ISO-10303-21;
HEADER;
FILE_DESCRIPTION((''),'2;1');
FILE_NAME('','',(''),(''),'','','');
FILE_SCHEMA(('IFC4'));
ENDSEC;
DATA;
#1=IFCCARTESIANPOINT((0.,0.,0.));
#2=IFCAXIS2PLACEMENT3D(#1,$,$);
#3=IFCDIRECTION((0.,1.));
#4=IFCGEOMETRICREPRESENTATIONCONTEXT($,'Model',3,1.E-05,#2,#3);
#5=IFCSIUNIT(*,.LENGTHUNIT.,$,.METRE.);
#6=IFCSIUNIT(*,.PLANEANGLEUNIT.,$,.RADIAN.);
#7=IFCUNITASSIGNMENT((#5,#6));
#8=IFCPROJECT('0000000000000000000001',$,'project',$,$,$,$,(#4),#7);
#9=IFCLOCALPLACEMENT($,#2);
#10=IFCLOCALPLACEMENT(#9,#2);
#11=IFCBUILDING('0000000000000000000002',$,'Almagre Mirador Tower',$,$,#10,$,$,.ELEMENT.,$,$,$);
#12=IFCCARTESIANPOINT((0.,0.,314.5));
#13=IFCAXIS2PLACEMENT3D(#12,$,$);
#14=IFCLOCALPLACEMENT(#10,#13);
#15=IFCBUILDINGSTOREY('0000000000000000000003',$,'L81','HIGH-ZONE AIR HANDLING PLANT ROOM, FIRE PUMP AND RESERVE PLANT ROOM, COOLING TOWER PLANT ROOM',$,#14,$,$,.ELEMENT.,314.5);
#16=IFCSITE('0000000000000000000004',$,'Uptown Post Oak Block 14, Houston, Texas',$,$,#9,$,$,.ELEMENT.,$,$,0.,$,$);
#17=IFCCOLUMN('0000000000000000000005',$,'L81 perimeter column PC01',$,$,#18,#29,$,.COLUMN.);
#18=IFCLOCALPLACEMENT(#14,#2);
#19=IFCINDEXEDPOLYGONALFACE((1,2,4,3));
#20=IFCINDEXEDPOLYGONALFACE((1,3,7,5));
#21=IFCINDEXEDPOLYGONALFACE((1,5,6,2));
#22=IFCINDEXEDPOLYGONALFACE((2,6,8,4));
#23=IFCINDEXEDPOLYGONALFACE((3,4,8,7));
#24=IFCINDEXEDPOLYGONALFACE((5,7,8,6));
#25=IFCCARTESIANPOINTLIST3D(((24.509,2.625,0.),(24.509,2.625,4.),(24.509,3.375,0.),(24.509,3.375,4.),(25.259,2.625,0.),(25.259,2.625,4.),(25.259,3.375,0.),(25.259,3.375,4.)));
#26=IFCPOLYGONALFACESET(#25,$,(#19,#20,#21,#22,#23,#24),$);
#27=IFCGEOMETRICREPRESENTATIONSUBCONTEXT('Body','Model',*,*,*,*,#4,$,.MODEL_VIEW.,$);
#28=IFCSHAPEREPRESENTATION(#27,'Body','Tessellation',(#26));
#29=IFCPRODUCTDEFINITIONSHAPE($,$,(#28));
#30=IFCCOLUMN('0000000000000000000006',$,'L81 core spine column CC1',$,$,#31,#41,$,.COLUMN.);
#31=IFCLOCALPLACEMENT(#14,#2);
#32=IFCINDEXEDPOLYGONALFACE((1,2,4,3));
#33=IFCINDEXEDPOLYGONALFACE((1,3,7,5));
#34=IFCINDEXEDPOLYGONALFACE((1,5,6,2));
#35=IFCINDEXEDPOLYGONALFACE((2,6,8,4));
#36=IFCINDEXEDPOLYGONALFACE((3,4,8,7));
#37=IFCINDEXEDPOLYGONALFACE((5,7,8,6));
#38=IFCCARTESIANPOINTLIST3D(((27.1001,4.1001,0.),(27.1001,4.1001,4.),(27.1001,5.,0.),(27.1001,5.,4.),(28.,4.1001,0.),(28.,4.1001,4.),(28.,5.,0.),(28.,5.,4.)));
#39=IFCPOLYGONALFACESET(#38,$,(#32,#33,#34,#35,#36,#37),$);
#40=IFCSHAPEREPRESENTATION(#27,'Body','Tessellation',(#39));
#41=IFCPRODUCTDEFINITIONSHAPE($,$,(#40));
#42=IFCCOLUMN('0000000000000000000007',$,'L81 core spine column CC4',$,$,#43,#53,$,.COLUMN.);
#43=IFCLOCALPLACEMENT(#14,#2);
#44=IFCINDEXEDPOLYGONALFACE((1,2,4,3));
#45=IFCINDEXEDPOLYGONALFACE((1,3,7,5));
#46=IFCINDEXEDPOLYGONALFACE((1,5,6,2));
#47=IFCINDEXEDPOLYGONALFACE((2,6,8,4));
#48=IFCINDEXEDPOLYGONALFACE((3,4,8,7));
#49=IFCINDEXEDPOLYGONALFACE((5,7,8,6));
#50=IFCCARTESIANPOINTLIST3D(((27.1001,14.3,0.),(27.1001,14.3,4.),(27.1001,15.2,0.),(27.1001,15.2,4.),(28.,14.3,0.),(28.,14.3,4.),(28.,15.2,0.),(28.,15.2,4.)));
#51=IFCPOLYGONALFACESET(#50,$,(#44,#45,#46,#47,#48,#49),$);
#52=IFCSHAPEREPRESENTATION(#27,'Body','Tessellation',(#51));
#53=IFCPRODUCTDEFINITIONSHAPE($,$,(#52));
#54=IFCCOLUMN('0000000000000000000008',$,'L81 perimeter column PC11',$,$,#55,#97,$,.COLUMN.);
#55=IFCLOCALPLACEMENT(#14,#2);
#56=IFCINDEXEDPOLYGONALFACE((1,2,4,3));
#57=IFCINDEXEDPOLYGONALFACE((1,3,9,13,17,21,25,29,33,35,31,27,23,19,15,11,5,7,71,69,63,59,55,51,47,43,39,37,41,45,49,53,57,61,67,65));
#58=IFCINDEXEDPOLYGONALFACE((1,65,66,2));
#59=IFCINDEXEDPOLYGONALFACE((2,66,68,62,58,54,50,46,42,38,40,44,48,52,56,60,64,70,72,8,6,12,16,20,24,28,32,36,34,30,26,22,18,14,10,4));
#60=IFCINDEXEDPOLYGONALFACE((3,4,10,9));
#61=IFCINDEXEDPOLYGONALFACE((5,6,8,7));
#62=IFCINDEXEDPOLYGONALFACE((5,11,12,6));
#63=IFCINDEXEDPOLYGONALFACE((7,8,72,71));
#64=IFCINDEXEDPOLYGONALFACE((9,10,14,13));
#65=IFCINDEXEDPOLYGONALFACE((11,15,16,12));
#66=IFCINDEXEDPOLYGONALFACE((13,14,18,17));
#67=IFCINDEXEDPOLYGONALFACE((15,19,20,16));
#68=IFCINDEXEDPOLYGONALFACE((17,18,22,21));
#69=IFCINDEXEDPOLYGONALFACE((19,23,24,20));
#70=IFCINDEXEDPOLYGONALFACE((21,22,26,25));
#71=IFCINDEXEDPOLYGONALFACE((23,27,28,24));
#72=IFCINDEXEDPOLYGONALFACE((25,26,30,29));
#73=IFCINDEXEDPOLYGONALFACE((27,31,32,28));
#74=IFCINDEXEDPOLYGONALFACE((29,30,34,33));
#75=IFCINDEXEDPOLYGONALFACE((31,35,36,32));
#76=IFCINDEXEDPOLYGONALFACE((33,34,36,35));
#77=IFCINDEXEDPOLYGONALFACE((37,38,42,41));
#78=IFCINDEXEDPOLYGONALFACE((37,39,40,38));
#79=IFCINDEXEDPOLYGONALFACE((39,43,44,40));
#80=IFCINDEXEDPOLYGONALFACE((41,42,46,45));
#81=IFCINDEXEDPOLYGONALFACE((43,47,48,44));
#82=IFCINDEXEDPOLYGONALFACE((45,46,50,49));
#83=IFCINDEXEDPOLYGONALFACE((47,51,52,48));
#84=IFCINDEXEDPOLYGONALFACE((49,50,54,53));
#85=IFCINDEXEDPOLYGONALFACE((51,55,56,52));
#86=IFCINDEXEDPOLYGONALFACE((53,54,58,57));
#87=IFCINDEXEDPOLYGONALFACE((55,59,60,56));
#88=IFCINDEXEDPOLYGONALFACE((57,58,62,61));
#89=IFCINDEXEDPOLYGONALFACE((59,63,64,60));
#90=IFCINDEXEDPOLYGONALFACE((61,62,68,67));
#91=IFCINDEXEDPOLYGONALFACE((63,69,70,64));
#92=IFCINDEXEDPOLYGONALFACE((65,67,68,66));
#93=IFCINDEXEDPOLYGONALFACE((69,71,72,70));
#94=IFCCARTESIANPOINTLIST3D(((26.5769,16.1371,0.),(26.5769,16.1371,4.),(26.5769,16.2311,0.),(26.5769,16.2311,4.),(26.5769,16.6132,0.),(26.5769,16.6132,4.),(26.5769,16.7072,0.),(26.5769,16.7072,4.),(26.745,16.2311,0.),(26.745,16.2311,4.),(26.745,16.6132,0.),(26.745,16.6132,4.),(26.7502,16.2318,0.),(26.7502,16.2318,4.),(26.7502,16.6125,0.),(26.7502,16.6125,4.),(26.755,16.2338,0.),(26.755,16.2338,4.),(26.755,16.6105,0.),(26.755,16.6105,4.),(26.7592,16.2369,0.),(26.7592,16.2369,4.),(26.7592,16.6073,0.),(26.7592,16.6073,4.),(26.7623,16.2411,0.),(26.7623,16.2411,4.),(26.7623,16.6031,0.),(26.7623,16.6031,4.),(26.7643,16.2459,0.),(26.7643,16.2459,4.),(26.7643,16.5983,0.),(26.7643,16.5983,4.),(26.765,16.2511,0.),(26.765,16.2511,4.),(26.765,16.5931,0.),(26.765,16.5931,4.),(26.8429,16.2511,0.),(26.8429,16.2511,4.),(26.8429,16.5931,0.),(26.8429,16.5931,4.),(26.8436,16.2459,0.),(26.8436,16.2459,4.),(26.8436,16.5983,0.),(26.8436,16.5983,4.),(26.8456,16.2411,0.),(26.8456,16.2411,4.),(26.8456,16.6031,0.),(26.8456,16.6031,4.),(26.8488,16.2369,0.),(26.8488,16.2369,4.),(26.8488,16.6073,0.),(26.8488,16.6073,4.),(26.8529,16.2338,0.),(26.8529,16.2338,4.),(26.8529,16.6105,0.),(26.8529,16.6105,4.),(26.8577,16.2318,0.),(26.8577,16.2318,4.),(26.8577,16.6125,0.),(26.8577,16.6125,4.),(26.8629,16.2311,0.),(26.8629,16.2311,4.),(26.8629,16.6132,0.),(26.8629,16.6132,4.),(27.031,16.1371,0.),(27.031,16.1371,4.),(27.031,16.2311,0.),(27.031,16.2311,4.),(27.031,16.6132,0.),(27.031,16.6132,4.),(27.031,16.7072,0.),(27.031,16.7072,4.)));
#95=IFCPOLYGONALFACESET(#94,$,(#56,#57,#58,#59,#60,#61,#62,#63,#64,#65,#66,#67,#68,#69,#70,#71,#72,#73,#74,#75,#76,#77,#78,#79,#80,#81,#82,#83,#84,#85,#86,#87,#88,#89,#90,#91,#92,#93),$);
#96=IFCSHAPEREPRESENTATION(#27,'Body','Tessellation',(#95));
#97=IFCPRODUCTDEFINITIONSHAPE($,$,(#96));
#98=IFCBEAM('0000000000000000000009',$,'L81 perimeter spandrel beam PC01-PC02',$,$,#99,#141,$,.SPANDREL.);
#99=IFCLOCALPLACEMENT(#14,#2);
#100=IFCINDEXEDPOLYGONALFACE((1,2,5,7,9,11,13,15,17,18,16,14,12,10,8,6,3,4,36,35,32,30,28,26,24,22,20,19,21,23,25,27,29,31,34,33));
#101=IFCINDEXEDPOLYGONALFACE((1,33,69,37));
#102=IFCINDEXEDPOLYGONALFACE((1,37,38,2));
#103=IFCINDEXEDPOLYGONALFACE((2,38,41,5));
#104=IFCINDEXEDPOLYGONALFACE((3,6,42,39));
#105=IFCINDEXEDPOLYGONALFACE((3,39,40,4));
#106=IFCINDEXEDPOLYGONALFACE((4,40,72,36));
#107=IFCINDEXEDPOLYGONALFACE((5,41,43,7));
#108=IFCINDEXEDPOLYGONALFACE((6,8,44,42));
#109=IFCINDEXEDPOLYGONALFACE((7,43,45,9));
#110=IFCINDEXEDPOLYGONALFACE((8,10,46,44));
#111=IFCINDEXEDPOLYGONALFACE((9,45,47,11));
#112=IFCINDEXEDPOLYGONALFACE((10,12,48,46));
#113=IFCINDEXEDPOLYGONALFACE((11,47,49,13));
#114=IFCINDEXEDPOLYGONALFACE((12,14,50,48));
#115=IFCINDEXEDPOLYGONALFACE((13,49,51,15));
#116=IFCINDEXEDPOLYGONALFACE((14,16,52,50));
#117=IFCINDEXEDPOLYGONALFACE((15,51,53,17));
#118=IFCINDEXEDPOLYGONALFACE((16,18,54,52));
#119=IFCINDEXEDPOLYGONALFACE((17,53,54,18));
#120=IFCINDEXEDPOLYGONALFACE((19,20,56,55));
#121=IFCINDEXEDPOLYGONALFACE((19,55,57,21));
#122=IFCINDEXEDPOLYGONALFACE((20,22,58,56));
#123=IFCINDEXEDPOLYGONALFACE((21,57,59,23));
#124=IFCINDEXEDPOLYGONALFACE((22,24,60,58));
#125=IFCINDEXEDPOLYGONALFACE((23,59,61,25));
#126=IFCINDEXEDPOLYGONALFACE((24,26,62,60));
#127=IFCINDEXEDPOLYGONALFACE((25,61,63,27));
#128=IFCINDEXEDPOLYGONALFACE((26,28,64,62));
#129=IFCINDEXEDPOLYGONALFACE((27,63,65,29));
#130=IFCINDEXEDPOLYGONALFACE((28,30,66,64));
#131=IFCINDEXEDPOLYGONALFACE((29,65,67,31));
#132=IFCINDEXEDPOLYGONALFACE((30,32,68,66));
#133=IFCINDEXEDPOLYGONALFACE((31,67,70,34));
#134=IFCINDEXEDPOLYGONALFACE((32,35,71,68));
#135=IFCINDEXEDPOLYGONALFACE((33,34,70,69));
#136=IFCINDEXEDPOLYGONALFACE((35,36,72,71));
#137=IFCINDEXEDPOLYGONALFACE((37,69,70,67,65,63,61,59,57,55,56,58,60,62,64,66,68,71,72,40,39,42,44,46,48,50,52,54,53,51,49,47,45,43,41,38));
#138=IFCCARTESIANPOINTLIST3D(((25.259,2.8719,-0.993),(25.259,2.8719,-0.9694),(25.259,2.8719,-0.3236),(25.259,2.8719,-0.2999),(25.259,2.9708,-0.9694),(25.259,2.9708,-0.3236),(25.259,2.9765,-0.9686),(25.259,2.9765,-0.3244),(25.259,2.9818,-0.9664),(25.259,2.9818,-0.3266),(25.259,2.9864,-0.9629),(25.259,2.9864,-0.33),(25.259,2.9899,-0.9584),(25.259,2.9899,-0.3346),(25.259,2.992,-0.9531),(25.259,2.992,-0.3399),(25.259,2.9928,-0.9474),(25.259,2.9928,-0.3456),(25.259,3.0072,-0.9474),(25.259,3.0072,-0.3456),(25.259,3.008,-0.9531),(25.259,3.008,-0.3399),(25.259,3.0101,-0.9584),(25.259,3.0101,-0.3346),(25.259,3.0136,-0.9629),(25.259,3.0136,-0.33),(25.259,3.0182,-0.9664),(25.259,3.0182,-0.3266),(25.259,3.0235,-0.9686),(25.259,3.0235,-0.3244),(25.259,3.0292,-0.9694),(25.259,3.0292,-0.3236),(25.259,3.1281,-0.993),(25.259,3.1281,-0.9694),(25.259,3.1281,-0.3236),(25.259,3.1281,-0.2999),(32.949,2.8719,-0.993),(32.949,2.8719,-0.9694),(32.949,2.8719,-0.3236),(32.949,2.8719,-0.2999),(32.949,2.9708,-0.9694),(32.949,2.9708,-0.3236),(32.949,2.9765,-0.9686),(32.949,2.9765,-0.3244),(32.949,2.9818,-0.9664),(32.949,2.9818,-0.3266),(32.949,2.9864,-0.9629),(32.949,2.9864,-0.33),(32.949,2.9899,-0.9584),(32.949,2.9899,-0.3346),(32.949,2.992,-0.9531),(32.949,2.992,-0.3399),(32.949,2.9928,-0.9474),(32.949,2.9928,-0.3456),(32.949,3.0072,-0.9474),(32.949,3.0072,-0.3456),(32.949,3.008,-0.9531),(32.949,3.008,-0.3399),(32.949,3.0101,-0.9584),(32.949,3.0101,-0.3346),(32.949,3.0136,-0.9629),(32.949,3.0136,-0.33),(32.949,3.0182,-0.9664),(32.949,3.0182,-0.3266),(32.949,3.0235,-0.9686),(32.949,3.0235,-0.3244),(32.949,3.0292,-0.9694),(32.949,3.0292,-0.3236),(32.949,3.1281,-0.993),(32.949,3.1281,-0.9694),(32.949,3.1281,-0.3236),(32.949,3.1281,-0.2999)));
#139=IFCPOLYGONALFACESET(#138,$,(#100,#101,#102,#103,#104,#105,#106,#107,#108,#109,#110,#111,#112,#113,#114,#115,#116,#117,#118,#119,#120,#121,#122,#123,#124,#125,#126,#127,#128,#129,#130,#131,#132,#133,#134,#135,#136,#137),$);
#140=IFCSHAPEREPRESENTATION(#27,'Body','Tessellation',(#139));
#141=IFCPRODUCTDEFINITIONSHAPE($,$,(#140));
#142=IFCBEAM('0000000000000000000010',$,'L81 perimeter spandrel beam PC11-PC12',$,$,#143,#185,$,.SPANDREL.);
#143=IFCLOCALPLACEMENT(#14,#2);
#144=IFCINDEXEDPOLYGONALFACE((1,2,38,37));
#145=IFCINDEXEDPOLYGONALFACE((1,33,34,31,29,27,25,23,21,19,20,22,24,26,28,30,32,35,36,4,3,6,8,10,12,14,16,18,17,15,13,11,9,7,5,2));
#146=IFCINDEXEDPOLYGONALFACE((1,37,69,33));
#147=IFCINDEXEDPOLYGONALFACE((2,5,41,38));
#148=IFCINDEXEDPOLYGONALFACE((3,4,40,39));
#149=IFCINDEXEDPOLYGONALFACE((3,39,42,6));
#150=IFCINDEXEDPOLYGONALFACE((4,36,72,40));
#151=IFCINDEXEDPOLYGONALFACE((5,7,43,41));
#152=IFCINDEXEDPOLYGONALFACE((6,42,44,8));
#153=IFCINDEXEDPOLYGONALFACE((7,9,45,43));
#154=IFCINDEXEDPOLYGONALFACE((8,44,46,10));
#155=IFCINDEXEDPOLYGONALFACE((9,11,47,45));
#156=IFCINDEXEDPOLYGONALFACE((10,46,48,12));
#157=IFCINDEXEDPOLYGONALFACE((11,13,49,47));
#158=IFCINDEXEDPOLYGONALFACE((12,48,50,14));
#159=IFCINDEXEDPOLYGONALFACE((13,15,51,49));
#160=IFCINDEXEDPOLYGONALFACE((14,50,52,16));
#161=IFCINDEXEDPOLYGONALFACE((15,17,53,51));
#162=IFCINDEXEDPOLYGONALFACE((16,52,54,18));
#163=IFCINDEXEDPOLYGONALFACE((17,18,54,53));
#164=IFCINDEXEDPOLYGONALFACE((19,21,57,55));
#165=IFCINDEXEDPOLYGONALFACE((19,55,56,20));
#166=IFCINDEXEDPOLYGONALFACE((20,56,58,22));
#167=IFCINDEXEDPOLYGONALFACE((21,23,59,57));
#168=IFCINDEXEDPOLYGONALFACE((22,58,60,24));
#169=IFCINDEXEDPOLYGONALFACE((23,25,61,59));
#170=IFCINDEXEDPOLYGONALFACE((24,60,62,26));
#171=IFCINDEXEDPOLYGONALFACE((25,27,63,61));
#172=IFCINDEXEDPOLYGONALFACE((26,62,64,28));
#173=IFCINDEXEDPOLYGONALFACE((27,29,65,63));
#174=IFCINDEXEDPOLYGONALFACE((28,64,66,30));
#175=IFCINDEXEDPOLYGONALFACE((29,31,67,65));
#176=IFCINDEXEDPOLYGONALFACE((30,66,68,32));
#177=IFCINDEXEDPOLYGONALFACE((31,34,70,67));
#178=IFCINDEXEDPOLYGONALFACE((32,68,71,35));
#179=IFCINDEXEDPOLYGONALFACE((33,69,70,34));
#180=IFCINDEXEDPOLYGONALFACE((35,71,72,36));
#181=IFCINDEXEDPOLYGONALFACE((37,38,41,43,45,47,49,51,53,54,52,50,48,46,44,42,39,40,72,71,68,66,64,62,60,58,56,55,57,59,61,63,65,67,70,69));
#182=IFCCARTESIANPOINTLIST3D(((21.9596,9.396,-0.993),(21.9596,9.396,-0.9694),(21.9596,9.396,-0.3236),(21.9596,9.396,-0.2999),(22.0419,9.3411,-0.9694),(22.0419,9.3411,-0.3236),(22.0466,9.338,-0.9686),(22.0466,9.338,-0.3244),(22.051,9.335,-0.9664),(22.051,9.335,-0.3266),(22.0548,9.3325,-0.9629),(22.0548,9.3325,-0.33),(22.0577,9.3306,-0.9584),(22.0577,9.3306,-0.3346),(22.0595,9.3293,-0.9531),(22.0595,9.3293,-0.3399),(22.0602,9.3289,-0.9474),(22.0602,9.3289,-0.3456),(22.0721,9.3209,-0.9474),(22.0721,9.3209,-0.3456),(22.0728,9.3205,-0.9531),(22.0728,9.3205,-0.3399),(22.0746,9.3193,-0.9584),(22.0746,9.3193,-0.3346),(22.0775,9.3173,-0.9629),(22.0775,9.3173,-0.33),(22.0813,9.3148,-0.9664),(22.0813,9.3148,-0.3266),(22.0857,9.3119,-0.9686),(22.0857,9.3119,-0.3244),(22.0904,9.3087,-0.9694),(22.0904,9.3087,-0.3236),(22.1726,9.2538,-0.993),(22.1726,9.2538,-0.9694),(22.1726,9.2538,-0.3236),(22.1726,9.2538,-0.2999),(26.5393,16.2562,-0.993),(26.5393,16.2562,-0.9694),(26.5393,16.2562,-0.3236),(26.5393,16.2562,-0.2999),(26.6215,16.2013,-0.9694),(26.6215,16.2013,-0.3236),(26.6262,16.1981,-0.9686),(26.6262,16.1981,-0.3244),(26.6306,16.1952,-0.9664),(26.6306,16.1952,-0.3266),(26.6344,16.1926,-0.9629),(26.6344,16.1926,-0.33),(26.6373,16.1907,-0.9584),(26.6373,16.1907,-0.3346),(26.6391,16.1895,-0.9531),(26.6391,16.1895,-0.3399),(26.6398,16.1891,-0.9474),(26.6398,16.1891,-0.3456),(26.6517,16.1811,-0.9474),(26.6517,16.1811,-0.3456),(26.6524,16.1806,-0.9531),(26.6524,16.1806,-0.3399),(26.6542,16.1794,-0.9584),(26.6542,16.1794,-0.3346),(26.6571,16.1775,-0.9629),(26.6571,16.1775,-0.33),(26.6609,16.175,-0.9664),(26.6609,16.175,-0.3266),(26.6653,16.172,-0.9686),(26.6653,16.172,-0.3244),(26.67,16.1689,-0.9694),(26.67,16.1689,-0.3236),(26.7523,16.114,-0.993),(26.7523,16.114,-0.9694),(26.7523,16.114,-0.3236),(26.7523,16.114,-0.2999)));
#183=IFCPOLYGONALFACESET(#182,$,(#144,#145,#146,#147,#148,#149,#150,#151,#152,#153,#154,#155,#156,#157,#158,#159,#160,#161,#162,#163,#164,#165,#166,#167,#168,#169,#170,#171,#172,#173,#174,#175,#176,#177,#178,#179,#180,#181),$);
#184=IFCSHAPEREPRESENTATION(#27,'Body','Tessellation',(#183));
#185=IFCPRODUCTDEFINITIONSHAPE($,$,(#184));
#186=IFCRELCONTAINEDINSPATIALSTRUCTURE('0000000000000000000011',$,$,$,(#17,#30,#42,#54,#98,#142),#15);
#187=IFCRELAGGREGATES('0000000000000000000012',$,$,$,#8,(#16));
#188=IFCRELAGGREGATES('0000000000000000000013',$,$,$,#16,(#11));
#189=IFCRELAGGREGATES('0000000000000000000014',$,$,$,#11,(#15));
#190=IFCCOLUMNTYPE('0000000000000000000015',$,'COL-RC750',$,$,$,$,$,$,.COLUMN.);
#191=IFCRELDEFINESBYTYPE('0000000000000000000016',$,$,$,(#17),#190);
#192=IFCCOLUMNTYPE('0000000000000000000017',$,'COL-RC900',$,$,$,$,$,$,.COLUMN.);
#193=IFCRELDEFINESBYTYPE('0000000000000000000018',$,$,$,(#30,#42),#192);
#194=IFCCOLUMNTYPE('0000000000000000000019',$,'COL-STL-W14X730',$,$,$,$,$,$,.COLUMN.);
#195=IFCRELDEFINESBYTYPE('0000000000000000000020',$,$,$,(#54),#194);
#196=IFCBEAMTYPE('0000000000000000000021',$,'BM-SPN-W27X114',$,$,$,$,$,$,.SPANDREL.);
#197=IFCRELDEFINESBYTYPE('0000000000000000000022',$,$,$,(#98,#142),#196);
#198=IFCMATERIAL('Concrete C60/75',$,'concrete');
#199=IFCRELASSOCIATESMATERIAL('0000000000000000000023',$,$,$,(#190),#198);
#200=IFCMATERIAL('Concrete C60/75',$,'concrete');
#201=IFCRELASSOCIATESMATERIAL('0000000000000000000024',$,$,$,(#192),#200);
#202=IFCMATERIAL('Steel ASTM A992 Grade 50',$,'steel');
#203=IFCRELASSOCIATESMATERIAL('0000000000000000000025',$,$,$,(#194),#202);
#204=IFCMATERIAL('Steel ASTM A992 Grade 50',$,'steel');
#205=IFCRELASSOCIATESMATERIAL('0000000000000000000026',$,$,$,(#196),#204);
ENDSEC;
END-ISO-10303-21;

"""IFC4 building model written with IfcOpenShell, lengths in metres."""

from ifc_helpers import new_model, si_unit, direction, frame, origin, origin_2d, place, context, subcontext, project, spatial, rectangle, i_section, extrude, material, material_profile, profile_set, type_object, element, save


model = new_model("IFC4")

# Units and contexts
model_context = context("Model", 3, precision=1e-05, world=origin(), true_north=direction((0.0, 1.0)))
body_context = subcontext(model_context, "Body", "Model", "MODEL_VIEW")
ifc_project = project(units=[si_unit("LENGTHUNIT", "METRE"), si_unit("PLANEANGLEUNIT", "RADIAN")], contexts=[model_context])

# Site, building, storey
site_placement = place(None, origin())
site = spatial("IfcSite", under=ifc_project, at=site_placement, Name="Uptown Post Oak Block 14, Houston, Texas", CompositionType="ELEMENT", RefElevation=0.0)
building_placement = place(site_placement, origin())
building = spatial("IfcBuilding", under=site, at=building_placement, Name="Almagre Mirador Tower", CompositionType="ELEMENT")
storey_placement = place(building_placement, frame((0.0, 0.0, 314.5)))
storey = spatial("IfcBuildingStorey", under=building, at=storey_placement, Name="L81", Description="HIGH-ZONE AIR HANDLING PLANT ROOM, FIRE PUMP AND RESERVE PLANT ROOM, COOLING TOWER PLANT ROOM", CompositionType="ELEMENT", Elevation=314.5)

# Columns
ifc_material_1 = material(Name="Concrete C60/75", Category="concrete")
ifc_material_profile_1 = material_profile(ifc_material_1, rectangle(XDim=0.75, YDim=0.75, at=origin_2d()), Name="RC750X750")
ifc_profile_set_1 = profile_set([ifc_material_profile_1], Name="Concrete C60/75")
column_type_1 = type_object("IfcColumnType", Name="COL-RC750", PredefinedType="COLUMN", material=ifc_profile_set_1)
column_1_placement = place(storey_placement, frame((24.884, 3.0, 0.0), z_axis=(0.0, 0.0, 1.0), x_axis=(1.0, 0.0, 0.0)))
element("IfcColumn", 1, at=column_1_placement, inside=storey, type_object=column_type_1, Name="L81 perimeter column PC01", PredefinedType="COLUMN", context=body_context, shape_type="SweptSolid", body=[
    extrude(rectangle(XDim=0.75, YDim=0.75, at=origin_2d()), origin(), (0.0, 0.0, 1.0), 4.0),
])
ifc_material_2 = material(Name="Concrete C60/75", Category="concrete")
ifc_material_profile_2 = material_profile(ifc_material_2, rectangle(XDim=0.8999, YDim=0.8999, at=origin_2d()), Name="RC900X900")
ifc_profile_set_2 = profile_set([ifc_material_profile_2], Name="Concrete C60/75")
column_type_2 = type_object("IfcColumnType", Name="COL-RC900", PredefinedType="COLUMN", material=ifc_profile_set_2)
for number, where, z_axis, x_axis, name in (
    (2, (27.55, 4.55, 0.0), (0.0, 0.0, 1.0), (1.0, 0.0, 0.0), "L81 core spine column CC1"),
    (3, (27.55, 14.75, 0.0), (0.0, 0.0, 1.0), (1.0, 0.0, 0.0), "L81 core spine column CC4"),
):
    element("IfcColumn", number, at=place(storey_placement, frame(where, z_axis=z_axis, x_axis=x_axis)), inside=storey, type_object=column_type_2, Name=name, PredefinedType="COLUMN", context=body_context, shape_type="SweptSolid", body=[
        extrude(rectangle(XDim=0.8999, YDim=0.8999, at=origin_2d()), origin(), (0.0, 0.0, 1.0), 4.0),
    ])
ifc_material_3 = material(Name="Steel ASTM A992 Grade 50", Category="steel")
ifc_material_profile_3 = material_profile(ifc_material_3, i_section(OverallWidth=0.4541, OverallDepth=0.5701, WebThickness=0.0779, FlangeThickness=0.094, FilletRadius=0.02, at=origin_2d()), Name="W14X730")
ifc_profile_set_3 = profile_set([ifc_material_profile_3], Name="Steel ASTM A992 Grade 50")
column_type_3 = type_object("IfcColumnType", Name="COL-STL-W14X730", PredefinedType="COLUMN", material=ifc_profile_set_3)
column_2_placement = place(storey_placement, frame((26.804, 16.4221, 0.0), z_axis=(0.0, 0.0, 1.0), x_axis=(1.0, 0.0, 0.0)))
element("IfcColumn", 4, at=column_2_placement, inside=storey, type_object=column_type_3, Name="L81 perimeter column PC11", PredefinedType="COLUMN", context=body_context, shape_type="SweptSolid", body=[
    extrude(i_section(OverallWidth=0.4541, OverallDepth=0.5701, WebThickness=0.0779, FlangeThickness=0.094, FilletRadius=0.02, at=origin_2d()), origin(), (0.0, 0.0, 1.0), 4.0),
])

# Beams
ifc_material_4 = material(Name="Steel ASTM A992 Grade 50", Category="steel")
ifc_material_profile_4 = material_profile(ifc_material_4, i_section(OverallWidth=0.2561, OverallDepth=0.6931, WebThickness=0.0144, FlangeThickness=0.0237, FilletRadius=0.022, at=origin_2d()), Name="W27X114")
ifc_profile_set_4 = profile_set([ifc_material_profile_4], Name="Steel ASTM A992 Grade 50")
beam_type_1 = type_object("IfcBeamType", Name="BM-SPN-W27X114", PredefinedType="SPANDREL", material=ifc_profile_set_4)
beam_1_placement = place(storey_placement, frame((25.259, 3.0, -0.6465), z_axis=(1.0, 0.0, 0.0), x_axis=(0.0, 1.0, 0.0)))
element("IfcBeam", 5, at=beam_1_placement, inside=storey, type_object=beam_type_1, Name="L81 perimeter spandrel beam PC01-PC02", PredefinedType="SPANDREL", context=body_context, shape_type="SweptSolid", body=[
    extrude(i_section(OverallWidth=0.2561, OverallDepth=0.6931, WebThickness=0.0144, FlangeThickness=0.0237, FilletRadius=0.022, at=origin_2d()), origin(), (0.0, 0.0, 1.0), 7.6899),
])
beam_2_placement = place(storey_placement, frame((26.6458, 16.1851, -0.6465), z_axis=(-0.555219, -0.831704, 0.0), x_axis=(0.831704, -0.555219, 0.0)))
element("IfcBeam", 6, at=beam_2_placement, inside=storey, type_object=beam_type_1, Name="L81 perimeter spandrel beam PC11-PC12", PredefinedType="SPANDREL", context=body_context, shape_type="SweptSolid", body=[
    extrude(i_section(OverallWidth=0.2561, OverallDepth=0.6931, WebThickness=0.0144, FlangeThickness=0.0237, FilletRadius=0.022, at=origin_2d()), origin(), (0.0, 0.0, 1.0), 8.2483),
])

save(model, "model.ifc")
